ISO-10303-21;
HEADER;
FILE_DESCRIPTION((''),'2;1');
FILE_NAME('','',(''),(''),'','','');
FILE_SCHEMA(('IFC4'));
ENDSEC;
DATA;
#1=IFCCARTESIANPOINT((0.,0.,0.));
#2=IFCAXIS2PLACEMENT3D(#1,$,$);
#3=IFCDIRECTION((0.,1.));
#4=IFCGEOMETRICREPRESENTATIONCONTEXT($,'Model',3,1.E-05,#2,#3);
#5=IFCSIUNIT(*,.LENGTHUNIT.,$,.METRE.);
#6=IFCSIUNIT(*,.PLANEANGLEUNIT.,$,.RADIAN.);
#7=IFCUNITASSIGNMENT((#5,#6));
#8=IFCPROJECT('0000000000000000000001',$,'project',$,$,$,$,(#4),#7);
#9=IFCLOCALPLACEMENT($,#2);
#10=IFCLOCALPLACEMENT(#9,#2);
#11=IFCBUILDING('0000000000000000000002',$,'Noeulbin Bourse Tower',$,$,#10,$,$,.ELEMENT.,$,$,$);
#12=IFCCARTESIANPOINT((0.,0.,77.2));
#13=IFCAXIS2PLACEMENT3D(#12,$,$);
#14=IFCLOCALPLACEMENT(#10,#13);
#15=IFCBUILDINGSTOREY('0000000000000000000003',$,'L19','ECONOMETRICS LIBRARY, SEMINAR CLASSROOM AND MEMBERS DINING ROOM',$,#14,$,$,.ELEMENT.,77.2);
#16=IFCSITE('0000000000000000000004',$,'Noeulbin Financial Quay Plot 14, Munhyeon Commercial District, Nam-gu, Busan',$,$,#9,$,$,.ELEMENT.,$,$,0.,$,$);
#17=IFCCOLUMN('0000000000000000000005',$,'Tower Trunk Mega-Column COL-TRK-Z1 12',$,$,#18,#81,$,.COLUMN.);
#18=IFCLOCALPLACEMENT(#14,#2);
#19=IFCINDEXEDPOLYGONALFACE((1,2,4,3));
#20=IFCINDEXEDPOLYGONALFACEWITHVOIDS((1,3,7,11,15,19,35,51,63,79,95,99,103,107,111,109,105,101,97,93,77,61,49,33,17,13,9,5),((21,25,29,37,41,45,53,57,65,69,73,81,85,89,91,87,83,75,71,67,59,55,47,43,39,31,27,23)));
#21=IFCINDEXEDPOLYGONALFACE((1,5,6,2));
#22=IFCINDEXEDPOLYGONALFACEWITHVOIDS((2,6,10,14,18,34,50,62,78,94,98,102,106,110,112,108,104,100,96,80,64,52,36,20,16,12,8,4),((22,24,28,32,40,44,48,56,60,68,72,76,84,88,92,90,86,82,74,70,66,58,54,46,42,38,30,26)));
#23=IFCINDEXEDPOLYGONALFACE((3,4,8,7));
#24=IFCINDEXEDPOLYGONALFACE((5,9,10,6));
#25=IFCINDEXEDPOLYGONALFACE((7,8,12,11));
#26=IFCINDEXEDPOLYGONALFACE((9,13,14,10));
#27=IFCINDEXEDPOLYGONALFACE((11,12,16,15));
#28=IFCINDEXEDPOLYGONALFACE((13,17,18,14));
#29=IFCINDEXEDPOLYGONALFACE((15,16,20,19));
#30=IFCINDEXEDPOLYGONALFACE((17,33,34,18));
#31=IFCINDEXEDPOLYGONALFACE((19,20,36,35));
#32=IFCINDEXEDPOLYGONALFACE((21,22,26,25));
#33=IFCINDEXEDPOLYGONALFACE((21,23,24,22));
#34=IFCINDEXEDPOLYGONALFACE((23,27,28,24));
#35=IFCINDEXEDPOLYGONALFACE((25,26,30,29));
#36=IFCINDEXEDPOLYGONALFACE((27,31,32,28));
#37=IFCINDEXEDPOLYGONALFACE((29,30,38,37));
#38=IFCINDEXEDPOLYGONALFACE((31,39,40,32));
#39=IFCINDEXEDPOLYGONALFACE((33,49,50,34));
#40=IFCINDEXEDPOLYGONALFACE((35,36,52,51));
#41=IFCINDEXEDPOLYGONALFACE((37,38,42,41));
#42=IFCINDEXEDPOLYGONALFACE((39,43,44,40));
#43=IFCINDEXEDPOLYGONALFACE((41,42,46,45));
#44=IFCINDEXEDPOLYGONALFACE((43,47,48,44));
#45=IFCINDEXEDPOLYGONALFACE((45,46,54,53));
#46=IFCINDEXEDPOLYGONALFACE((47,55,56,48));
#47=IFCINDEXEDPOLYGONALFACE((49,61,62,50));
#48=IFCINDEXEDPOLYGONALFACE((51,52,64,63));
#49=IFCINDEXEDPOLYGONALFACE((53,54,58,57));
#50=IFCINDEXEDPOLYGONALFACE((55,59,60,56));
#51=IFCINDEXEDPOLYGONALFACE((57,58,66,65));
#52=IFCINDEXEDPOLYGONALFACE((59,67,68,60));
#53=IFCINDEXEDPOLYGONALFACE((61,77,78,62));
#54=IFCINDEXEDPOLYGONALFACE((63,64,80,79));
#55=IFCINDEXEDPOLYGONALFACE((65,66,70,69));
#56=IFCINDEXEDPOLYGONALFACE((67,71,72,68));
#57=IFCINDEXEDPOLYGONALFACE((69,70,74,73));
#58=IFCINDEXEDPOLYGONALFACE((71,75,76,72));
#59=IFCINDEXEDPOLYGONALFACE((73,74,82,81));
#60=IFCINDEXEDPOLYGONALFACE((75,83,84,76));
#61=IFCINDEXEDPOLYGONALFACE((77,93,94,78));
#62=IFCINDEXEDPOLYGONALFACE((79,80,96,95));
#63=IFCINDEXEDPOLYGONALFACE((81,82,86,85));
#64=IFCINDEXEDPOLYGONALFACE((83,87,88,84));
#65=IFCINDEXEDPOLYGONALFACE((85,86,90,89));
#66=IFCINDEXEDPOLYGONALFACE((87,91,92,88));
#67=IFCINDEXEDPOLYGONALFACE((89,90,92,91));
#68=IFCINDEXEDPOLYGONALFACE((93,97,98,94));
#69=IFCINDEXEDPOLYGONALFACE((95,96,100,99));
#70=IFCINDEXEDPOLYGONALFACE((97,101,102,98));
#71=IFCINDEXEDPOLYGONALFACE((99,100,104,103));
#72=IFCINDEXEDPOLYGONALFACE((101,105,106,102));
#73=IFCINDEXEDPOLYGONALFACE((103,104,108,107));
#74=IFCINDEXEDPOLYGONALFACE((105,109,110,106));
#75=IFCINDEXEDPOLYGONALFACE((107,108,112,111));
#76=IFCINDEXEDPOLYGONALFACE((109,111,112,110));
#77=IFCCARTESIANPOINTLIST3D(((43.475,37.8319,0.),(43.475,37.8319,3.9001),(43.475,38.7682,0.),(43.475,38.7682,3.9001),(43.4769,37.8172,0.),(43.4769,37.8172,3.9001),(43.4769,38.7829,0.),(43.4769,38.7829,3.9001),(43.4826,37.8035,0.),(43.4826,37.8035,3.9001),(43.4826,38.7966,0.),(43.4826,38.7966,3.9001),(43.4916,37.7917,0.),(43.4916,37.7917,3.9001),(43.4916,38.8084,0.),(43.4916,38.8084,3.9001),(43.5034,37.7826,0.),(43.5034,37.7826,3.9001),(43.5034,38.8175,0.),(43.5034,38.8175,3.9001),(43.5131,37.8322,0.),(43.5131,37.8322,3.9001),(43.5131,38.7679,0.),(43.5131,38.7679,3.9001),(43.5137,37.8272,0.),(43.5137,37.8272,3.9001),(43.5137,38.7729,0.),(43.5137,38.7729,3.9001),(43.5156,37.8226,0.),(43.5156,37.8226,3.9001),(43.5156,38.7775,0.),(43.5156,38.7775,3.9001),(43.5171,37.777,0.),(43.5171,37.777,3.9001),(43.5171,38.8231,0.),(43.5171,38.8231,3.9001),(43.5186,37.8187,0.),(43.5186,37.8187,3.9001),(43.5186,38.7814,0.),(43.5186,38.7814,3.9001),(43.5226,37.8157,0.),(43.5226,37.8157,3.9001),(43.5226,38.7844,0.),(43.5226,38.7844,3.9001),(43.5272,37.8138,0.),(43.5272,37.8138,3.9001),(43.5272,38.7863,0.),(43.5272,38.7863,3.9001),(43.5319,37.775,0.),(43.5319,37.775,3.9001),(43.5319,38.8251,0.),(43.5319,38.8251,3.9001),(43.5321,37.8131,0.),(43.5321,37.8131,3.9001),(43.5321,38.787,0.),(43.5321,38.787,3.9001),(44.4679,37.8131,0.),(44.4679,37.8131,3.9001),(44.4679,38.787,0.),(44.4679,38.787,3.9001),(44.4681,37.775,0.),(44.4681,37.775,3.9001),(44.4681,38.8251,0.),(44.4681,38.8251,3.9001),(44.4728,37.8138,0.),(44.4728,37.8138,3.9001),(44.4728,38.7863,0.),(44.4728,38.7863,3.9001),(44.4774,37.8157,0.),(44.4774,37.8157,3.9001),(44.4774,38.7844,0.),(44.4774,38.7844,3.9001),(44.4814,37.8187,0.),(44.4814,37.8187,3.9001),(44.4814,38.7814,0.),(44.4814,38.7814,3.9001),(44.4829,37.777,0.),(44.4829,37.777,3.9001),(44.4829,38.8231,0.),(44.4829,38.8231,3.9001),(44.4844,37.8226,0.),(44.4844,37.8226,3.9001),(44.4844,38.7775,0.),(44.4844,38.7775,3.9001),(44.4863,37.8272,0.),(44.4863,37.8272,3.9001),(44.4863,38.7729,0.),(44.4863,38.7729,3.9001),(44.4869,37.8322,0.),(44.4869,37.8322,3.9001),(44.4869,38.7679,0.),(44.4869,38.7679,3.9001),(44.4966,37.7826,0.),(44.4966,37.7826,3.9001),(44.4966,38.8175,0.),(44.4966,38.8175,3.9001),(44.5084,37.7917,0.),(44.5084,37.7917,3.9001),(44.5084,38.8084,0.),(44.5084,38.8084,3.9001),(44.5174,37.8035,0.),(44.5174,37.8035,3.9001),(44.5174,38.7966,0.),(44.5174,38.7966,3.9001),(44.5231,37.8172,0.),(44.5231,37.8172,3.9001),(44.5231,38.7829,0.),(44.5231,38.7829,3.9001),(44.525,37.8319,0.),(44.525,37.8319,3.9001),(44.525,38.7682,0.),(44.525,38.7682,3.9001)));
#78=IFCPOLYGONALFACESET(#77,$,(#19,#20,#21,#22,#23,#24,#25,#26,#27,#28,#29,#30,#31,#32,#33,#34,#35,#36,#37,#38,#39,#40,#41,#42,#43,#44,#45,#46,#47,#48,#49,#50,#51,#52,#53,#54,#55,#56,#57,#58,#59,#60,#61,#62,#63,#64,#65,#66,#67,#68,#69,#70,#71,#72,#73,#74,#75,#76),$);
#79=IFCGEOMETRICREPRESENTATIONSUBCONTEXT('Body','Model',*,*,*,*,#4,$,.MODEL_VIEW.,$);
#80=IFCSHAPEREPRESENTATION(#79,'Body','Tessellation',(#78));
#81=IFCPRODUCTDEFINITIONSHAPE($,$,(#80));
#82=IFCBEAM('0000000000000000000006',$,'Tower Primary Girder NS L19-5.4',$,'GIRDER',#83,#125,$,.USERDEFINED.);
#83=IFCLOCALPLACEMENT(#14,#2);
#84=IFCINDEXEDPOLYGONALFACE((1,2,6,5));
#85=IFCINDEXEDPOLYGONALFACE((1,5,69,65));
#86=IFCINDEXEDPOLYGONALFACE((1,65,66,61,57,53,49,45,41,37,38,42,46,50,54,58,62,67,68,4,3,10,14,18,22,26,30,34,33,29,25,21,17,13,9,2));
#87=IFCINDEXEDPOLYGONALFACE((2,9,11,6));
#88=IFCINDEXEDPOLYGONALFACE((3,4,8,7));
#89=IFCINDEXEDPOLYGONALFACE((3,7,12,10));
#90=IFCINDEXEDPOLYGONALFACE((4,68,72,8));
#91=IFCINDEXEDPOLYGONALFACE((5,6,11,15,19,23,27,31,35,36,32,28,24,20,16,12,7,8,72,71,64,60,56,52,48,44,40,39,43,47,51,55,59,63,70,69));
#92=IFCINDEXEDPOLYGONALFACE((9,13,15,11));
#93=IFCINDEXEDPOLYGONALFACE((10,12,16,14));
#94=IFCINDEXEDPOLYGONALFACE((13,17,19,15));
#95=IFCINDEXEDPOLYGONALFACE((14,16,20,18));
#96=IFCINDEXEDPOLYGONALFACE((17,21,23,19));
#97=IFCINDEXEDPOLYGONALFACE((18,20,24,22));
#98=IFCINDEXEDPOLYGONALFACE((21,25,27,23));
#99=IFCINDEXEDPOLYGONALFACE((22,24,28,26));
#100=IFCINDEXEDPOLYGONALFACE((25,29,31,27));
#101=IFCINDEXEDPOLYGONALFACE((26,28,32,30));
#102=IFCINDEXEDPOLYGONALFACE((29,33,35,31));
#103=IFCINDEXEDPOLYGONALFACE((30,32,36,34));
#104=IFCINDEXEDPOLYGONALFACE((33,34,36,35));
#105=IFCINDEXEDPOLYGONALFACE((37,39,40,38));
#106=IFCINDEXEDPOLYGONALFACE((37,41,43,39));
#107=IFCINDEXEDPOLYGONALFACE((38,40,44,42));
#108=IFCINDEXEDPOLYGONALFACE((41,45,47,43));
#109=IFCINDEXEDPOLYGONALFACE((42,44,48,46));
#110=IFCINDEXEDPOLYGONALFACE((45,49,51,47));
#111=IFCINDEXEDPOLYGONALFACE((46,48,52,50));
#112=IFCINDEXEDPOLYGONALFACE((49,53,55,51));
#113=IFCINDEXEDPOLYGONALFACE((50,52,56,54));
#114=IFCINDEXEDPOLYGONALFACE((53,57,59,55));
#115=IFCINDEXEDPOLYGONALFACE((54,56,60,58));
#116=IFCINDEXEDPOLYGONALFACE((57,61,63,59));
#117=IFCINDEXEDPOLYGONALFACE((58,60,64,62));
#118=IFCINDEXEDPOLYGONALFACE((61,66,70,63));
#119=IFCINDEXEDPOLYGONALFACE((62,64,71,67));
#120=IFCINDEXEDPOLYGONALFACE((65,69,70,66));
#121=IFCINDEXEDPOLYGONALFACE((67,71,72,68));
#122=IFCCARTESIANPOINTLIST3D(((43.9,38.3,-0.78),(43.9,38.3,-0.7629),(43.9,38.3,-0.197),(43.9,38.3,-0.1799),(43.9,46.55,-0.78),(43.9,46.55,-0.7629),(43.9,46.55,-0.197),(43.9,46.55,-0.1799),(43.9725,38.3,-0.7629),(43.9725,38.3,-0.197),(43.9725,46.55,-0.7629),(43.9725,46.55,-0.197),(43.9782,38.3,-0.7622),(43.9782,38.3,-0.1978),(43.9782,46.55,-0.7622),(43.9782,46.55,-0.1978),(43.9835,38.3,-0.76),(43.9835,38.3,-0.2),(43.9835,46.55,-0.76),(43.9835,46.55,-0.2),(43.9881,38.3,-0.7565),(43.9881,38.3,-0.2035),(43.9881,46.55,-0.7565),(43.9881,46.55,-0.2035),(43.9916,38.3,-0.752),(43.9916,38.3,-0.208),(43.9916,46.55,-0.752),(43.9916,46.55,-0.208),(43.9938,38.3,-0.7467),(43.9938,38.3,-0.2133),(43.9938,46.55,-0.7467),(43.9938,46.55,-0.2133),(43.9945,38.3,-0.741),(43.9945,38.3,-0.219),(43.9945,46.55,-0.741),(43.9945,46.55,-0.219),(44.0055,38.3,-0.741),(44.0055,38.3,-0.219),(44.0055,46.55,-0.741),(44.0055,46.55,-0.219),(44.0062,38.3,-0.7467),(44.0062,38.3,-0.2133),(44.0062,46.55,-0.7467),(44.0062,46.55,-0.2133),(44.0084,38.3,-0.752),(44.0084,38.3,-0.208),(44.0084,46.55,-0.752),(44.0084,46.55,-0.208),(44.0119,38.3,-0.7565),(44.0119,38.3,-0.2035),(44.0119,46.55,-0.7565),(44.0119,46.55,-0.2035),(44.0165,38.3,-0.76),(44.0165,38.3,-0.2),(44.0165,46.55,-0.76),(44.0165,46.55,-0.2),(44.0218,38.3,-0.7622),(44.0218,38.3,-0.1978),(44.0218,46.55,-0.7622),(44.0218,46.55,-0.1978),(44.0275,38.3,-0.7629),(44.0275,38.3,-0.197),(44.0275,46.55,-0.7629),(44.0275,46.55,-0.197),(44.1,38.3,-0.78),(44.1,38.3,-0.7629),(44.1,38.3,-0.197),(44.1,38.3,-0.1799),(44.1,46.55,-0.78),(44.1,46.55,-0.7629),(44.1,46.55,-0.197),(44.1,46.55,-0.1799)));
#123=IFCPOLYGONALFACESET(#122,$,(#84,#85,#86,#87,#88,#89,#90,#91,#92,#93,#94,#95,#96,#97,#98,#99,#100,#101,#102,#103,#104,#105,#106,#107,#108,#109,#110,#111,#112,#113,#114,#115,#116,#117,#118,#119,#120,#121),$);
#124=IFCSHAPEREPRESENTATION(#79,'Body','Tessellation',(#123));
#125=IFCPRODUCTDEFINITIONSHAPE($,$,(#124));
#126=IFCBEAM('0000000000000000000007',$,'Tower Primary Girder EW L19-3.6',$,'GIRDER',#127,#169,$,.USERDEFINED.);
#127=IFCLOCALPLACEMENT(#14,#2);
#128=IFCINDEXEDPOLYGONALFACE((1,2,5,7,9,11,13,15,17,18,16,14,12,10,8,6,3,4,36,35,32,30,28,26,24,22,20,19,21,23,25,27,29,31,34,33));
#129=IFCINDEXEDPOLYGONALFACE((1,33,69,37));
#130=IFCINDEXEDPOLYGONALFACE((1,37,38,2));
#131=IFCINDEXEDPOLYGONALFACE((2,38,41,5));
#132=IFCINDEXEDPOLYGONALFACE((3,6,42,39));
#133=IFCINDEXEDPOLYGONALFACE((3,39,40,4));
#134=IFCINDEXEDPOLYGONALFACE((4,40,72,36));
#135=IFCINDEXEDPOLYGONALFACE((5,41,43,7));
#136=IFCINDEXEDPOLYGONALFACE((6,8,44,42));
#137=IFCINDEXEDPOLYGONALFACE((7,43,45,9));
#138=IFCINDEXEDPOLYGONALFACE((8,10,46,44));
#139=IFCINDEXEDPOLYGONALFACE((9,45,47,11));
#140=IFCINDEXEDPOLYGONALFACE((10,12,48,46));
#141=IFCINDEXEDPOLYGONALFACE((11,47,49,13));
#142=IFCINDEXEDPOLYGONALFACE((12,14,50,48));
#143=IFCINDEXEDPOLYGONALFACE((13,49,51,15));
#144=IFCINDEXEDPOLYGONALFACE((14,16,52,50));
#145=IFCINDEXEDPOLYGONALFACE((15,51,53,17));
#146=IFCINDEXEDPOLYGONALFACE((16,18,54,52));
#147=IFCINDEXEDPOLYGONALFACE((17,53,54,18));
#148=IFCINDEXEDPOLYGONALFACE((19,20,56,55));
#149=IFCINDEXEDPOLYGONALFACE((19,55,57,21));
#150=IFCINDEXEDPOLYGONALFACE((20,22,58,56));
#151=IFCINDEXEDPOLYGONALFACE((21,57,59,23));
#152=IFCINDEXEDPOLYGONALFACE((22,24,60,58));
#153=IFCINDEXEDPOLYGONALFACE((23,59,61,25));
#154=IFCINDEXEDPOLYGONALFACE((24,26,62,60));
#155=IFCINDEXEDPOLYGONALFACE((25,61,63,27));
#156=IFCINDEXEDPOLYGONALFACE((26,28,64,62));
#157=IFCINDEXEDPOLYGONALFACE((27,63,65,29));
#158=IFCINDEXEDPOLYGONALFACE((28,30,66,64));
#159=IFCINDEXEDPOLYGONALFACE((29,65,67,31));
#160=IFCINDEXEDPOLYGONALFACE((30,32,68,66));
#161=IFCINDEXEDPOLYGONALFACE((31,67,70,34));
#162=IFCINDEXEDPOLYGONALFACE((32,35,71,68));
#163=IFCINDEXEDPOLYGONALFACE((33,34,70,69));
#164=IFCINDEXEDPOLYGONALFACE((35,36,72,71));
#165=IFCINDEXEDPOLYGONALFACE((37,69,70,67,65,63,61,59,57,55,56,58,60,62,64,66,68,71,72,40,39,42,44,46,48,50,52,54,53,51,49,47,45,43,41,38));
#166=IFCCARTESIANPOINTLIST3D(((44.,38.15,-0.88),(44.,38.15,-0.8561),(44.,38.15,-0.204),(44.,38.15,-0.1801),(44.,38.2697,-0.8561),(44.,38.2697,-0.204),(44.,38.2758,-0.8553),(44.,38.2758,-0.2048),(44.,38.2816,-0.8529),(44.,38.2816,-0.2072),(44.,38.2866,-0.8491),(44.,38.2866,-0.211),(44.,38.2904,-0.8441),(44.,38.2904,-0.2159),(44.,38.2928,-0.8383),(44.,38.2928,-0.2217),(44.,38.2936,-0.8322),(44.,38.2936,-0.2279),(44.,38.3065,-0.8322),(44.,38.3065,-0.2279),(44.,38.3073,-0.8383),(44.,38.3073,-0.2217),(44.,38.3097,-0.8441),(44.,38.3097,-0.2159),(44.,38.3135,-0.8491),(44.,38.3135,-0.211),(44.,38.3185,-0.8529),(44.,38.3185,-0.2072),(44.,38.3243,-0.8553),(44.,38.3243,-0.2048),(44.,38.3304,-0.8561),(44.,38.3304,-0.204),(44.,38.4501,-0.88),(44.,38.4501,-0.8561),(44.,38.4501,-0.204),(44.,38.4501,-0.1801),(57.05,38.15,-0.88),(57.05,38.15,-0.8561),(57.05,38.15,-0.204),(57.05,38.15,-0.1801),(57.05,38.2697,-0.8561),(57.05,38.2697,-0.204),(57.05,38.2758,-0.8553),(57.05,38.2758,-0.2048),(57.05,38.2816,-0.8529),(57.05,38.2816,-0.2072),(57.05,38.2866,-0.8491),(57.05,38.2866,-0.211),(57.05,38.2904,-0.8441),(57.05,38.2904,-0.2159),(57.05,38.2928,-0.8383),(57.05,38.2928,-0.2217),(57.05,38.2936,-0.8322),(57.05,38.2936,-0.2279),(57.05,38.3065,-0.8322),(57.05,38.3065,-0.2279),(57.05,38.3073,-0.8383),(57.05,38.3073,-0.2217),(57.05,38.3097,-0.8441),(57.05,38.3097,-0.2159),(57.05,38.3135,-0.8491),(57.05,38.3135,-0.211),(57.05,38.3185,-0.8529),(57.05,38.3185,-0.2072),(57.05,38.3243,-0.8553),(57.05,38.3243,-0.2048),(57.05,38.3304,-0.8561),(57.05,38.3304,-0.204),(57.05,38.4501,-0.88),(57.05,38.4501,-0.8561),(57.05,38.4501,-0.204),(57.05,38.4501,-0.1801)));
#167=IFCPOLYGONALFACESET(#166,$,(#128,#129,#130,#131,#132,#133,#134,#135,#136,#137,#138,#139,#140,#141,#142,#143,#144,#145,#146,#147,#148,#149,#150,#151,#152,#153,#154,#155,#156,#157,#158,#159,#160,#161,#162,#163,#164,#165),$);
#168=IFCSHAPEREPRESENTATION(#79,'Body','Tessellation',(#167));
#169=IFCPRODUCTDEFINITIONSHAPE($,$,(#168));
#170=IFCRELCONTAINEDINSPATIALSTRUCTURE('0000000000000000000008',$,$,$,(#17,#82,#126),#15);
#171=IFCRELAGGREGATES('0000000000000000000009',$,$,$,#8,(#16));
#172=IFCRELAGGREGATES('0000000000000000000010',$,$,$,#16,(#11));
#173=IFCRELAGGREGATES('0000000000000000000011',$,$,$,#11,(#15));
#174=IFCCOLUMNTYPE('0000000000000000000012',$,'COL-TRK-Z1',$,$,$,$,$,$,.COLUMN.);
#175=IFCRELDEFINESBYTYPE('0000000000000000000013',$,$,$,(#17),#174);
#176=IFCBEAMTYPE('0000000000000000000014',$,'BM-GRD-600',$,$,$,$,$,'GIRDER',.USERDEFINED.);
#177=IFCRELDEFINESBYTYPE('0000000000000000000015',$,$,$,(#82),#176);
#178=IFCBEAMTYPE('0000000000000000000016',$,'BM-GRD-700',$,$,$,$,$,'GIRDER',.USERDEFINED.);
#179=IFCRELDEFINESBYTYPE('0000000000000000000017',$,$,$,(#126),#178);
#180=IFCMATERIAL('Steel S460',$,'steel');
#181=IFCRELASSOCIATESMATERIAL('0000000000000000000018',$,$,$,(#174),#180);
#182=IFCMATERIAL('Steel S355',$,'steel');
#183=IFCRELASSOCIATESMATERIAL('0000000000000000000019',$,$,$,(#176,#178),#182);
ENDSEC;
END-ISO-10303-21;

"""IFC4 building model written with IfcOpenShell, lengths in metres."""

from ifc_helpers import new_model, si_unit, direction, frame, origin, origin_2d, place, context, subcontext, project, spatial, hollow_rectangle, i_section, extrude, material, material_profile, profile_set, type_object, element, save


model = new_model("IFC4")

# Units and contexts
model_context = context("Model", 3, precision=1e-05, world=origin(), true_north=direction((0.0, 1.0)))
body_context = subcontext(model_context, "Body", "Model", "MODEL_VIEW")
ifc_project = project(units=[si_unit("LENGTHUNIT", "METRE"), si_unit("PLANEANGLEUNIT", "RADIAN")], contexts=[model_context])

# Site, building, storey
site_placement = place(None, origin())
site = spatial("IfcSite", under=ifc_project, at=site_placement, Name="Noeulbin Financial Quay Plot 14, Munhyeon Commercial District, Nam-gu, Busan", CompositionType="ELEMENT", RefElevation=0.0)
building_placement = place(site_placement, origin())
building = spatial("IfcBuilding", under=site, at=building_placement, Name="Noeulbin Bourse Tower", CompositionType="ELEMENT")
storey_placement = place(building_placement, frame((0.0, 0.0, 77.2)))
storey = spatial("IfcBuildingStorey", under=building, at=storey_placement, Name="L19", Description="ECONOMETRICS LIBRARY, SEMINAR CLASSROOM AND MEMBERS DINING ROOM", CompositionType="ELEMENT", Elevation=77.2)

# Column
ifc_material_1 = material(Name="Steel S460", Category="steel")
ifc_material_profile_1 = material_profile(ifc_material_1, hollow_rectangle(XDim=1.05, YDim=1.05, WallThickness=0.0381, InnerFilletRadius=0.019, OuterFilletRadius=0.0569, at=origin_2d()), Name="BOX-1050x1050x38", Category="LoadBearing")
ifc_profile_set_1 = profile_set([ifc_material_profile_1], Name="Steel S460")
column_type_1 = type_object("IfcColumnType", Name="COL-TRK-Z1", PredefinedType="COLUMN", material=ifc_profile_set_1)
column_1_placement = place(storey_placement, frame((44.0, 38.3, 0.0), z_axis=(0.0, 0.0, 1.0), x_axis=(1.0, 0.0, 0.0)))
element("IfcColumn", 1, at=column_1_placement, inside=storey, type_object=column_type_1, Name="Tower Trunk Mega-Column COL-TRK-Z1 12", PredefinedType="COLUMN", context=body_context, shape_type="SweptSolid", body=[
    extrude(hollow_rectangle(XDim=1.05, YDim=1.05, WallThickness=0.0381, InnerFilletRadius=0.019, OuterFilletRadius=0.0569, at=origin_2d()), origin(), (0.0, 0.0, 1.0), 3.9001),
])

# Beams
ifc_material_2 = material(Name="Steel S355", Category="steel")
ifc_material_profile_2 = material_profile(ifc_material_2, i_section(OverallWidth=0.2, OverallDepth=0.6001, WebThickness=0.011, FlangeThickness=0.0171, FilletRadius=0.022, at=origin_2d()), Name="H-600x200x11x17", Category="LoadBearing")
ifc_profile_set_2 = profile_set([ifc_material_profile_2], Name="Steel S355")
beam_type_1 = type_object("IfcBeamType", Name="BM-GRD-600", ElementType="GIRDER", PredefinedType="USERDEFINED", material=ifc_profile_set_2)
beam_1_placement = place(storey_placement, frame((44.0, 38.3, -0.48), z_axis=(0.0, 1.0, 0.0), x_axis=(-1.0, 0.0, 0.0)))
element("IfcBeam", 2, at=beam_1_placement, inside=storey, type_object=beam_type_1, Name="Tower Primary Girder NS L19-5.4", ObjectType="GIRDER", PredefinedType="USERDEFINED", context=body_context, shape_type="SweptSolid", body=[
    extrude(i_section(OverallWidth=0.2, OverallDepth=0.6001, WebThickness=0.011, FlangeThickness=0.0171, FilletRadius=0.022, at=origin_2d()), origin(), (0.0, 0.0, 1.0), 8.25),
])
ifc_material_profile_3 = material_profile(ifc_material_2, i_section(OverallWidth=0.3, OverallDepth=0.7, WebThickness=0.0129, FlangeThickness=0.0239, FilletRadius=0.0239, at=origin_2d()), Name="H-700x300x13x24", Category="LoadBearing")
ifc_profile_set_3 = profile_set([ifc_material_profile_3], Name="Steel S355")
beam_type_2 = type_object("IfcBeamType", Name="BM-GRD-700", ElementType="GIRDER", PredefinedType="USERDEFINED", material=ifc_profile_set_3)
beam_2_placement = place(storey_placement, frame((44.0, 38.3, -0.53), z_axis=(1.0, 0.0, 0.0), x_axis=(0.0, 1.0, 0.0)))
element("IfcBeam", 3, at=beam_2_placement, inside=storey, type_object=beam_type_2, Name="Tower Primary Girder EW L19-3.6", ObjectType="GIRDER", PredefinedType="USERDEFINED", context=body_context, shape_type="SweptSolid", body=[
    extrude(i_section(OverallWidth=0.3, OverallDepth=0.7, WebThickness=0.0129, FlangeThickness=0.0239, FilletRadius=0.0239, at=origin_2d()), origin(), (0.0, 0.0, 1.0), 13.05),
])

save(model, "model.ifc")
